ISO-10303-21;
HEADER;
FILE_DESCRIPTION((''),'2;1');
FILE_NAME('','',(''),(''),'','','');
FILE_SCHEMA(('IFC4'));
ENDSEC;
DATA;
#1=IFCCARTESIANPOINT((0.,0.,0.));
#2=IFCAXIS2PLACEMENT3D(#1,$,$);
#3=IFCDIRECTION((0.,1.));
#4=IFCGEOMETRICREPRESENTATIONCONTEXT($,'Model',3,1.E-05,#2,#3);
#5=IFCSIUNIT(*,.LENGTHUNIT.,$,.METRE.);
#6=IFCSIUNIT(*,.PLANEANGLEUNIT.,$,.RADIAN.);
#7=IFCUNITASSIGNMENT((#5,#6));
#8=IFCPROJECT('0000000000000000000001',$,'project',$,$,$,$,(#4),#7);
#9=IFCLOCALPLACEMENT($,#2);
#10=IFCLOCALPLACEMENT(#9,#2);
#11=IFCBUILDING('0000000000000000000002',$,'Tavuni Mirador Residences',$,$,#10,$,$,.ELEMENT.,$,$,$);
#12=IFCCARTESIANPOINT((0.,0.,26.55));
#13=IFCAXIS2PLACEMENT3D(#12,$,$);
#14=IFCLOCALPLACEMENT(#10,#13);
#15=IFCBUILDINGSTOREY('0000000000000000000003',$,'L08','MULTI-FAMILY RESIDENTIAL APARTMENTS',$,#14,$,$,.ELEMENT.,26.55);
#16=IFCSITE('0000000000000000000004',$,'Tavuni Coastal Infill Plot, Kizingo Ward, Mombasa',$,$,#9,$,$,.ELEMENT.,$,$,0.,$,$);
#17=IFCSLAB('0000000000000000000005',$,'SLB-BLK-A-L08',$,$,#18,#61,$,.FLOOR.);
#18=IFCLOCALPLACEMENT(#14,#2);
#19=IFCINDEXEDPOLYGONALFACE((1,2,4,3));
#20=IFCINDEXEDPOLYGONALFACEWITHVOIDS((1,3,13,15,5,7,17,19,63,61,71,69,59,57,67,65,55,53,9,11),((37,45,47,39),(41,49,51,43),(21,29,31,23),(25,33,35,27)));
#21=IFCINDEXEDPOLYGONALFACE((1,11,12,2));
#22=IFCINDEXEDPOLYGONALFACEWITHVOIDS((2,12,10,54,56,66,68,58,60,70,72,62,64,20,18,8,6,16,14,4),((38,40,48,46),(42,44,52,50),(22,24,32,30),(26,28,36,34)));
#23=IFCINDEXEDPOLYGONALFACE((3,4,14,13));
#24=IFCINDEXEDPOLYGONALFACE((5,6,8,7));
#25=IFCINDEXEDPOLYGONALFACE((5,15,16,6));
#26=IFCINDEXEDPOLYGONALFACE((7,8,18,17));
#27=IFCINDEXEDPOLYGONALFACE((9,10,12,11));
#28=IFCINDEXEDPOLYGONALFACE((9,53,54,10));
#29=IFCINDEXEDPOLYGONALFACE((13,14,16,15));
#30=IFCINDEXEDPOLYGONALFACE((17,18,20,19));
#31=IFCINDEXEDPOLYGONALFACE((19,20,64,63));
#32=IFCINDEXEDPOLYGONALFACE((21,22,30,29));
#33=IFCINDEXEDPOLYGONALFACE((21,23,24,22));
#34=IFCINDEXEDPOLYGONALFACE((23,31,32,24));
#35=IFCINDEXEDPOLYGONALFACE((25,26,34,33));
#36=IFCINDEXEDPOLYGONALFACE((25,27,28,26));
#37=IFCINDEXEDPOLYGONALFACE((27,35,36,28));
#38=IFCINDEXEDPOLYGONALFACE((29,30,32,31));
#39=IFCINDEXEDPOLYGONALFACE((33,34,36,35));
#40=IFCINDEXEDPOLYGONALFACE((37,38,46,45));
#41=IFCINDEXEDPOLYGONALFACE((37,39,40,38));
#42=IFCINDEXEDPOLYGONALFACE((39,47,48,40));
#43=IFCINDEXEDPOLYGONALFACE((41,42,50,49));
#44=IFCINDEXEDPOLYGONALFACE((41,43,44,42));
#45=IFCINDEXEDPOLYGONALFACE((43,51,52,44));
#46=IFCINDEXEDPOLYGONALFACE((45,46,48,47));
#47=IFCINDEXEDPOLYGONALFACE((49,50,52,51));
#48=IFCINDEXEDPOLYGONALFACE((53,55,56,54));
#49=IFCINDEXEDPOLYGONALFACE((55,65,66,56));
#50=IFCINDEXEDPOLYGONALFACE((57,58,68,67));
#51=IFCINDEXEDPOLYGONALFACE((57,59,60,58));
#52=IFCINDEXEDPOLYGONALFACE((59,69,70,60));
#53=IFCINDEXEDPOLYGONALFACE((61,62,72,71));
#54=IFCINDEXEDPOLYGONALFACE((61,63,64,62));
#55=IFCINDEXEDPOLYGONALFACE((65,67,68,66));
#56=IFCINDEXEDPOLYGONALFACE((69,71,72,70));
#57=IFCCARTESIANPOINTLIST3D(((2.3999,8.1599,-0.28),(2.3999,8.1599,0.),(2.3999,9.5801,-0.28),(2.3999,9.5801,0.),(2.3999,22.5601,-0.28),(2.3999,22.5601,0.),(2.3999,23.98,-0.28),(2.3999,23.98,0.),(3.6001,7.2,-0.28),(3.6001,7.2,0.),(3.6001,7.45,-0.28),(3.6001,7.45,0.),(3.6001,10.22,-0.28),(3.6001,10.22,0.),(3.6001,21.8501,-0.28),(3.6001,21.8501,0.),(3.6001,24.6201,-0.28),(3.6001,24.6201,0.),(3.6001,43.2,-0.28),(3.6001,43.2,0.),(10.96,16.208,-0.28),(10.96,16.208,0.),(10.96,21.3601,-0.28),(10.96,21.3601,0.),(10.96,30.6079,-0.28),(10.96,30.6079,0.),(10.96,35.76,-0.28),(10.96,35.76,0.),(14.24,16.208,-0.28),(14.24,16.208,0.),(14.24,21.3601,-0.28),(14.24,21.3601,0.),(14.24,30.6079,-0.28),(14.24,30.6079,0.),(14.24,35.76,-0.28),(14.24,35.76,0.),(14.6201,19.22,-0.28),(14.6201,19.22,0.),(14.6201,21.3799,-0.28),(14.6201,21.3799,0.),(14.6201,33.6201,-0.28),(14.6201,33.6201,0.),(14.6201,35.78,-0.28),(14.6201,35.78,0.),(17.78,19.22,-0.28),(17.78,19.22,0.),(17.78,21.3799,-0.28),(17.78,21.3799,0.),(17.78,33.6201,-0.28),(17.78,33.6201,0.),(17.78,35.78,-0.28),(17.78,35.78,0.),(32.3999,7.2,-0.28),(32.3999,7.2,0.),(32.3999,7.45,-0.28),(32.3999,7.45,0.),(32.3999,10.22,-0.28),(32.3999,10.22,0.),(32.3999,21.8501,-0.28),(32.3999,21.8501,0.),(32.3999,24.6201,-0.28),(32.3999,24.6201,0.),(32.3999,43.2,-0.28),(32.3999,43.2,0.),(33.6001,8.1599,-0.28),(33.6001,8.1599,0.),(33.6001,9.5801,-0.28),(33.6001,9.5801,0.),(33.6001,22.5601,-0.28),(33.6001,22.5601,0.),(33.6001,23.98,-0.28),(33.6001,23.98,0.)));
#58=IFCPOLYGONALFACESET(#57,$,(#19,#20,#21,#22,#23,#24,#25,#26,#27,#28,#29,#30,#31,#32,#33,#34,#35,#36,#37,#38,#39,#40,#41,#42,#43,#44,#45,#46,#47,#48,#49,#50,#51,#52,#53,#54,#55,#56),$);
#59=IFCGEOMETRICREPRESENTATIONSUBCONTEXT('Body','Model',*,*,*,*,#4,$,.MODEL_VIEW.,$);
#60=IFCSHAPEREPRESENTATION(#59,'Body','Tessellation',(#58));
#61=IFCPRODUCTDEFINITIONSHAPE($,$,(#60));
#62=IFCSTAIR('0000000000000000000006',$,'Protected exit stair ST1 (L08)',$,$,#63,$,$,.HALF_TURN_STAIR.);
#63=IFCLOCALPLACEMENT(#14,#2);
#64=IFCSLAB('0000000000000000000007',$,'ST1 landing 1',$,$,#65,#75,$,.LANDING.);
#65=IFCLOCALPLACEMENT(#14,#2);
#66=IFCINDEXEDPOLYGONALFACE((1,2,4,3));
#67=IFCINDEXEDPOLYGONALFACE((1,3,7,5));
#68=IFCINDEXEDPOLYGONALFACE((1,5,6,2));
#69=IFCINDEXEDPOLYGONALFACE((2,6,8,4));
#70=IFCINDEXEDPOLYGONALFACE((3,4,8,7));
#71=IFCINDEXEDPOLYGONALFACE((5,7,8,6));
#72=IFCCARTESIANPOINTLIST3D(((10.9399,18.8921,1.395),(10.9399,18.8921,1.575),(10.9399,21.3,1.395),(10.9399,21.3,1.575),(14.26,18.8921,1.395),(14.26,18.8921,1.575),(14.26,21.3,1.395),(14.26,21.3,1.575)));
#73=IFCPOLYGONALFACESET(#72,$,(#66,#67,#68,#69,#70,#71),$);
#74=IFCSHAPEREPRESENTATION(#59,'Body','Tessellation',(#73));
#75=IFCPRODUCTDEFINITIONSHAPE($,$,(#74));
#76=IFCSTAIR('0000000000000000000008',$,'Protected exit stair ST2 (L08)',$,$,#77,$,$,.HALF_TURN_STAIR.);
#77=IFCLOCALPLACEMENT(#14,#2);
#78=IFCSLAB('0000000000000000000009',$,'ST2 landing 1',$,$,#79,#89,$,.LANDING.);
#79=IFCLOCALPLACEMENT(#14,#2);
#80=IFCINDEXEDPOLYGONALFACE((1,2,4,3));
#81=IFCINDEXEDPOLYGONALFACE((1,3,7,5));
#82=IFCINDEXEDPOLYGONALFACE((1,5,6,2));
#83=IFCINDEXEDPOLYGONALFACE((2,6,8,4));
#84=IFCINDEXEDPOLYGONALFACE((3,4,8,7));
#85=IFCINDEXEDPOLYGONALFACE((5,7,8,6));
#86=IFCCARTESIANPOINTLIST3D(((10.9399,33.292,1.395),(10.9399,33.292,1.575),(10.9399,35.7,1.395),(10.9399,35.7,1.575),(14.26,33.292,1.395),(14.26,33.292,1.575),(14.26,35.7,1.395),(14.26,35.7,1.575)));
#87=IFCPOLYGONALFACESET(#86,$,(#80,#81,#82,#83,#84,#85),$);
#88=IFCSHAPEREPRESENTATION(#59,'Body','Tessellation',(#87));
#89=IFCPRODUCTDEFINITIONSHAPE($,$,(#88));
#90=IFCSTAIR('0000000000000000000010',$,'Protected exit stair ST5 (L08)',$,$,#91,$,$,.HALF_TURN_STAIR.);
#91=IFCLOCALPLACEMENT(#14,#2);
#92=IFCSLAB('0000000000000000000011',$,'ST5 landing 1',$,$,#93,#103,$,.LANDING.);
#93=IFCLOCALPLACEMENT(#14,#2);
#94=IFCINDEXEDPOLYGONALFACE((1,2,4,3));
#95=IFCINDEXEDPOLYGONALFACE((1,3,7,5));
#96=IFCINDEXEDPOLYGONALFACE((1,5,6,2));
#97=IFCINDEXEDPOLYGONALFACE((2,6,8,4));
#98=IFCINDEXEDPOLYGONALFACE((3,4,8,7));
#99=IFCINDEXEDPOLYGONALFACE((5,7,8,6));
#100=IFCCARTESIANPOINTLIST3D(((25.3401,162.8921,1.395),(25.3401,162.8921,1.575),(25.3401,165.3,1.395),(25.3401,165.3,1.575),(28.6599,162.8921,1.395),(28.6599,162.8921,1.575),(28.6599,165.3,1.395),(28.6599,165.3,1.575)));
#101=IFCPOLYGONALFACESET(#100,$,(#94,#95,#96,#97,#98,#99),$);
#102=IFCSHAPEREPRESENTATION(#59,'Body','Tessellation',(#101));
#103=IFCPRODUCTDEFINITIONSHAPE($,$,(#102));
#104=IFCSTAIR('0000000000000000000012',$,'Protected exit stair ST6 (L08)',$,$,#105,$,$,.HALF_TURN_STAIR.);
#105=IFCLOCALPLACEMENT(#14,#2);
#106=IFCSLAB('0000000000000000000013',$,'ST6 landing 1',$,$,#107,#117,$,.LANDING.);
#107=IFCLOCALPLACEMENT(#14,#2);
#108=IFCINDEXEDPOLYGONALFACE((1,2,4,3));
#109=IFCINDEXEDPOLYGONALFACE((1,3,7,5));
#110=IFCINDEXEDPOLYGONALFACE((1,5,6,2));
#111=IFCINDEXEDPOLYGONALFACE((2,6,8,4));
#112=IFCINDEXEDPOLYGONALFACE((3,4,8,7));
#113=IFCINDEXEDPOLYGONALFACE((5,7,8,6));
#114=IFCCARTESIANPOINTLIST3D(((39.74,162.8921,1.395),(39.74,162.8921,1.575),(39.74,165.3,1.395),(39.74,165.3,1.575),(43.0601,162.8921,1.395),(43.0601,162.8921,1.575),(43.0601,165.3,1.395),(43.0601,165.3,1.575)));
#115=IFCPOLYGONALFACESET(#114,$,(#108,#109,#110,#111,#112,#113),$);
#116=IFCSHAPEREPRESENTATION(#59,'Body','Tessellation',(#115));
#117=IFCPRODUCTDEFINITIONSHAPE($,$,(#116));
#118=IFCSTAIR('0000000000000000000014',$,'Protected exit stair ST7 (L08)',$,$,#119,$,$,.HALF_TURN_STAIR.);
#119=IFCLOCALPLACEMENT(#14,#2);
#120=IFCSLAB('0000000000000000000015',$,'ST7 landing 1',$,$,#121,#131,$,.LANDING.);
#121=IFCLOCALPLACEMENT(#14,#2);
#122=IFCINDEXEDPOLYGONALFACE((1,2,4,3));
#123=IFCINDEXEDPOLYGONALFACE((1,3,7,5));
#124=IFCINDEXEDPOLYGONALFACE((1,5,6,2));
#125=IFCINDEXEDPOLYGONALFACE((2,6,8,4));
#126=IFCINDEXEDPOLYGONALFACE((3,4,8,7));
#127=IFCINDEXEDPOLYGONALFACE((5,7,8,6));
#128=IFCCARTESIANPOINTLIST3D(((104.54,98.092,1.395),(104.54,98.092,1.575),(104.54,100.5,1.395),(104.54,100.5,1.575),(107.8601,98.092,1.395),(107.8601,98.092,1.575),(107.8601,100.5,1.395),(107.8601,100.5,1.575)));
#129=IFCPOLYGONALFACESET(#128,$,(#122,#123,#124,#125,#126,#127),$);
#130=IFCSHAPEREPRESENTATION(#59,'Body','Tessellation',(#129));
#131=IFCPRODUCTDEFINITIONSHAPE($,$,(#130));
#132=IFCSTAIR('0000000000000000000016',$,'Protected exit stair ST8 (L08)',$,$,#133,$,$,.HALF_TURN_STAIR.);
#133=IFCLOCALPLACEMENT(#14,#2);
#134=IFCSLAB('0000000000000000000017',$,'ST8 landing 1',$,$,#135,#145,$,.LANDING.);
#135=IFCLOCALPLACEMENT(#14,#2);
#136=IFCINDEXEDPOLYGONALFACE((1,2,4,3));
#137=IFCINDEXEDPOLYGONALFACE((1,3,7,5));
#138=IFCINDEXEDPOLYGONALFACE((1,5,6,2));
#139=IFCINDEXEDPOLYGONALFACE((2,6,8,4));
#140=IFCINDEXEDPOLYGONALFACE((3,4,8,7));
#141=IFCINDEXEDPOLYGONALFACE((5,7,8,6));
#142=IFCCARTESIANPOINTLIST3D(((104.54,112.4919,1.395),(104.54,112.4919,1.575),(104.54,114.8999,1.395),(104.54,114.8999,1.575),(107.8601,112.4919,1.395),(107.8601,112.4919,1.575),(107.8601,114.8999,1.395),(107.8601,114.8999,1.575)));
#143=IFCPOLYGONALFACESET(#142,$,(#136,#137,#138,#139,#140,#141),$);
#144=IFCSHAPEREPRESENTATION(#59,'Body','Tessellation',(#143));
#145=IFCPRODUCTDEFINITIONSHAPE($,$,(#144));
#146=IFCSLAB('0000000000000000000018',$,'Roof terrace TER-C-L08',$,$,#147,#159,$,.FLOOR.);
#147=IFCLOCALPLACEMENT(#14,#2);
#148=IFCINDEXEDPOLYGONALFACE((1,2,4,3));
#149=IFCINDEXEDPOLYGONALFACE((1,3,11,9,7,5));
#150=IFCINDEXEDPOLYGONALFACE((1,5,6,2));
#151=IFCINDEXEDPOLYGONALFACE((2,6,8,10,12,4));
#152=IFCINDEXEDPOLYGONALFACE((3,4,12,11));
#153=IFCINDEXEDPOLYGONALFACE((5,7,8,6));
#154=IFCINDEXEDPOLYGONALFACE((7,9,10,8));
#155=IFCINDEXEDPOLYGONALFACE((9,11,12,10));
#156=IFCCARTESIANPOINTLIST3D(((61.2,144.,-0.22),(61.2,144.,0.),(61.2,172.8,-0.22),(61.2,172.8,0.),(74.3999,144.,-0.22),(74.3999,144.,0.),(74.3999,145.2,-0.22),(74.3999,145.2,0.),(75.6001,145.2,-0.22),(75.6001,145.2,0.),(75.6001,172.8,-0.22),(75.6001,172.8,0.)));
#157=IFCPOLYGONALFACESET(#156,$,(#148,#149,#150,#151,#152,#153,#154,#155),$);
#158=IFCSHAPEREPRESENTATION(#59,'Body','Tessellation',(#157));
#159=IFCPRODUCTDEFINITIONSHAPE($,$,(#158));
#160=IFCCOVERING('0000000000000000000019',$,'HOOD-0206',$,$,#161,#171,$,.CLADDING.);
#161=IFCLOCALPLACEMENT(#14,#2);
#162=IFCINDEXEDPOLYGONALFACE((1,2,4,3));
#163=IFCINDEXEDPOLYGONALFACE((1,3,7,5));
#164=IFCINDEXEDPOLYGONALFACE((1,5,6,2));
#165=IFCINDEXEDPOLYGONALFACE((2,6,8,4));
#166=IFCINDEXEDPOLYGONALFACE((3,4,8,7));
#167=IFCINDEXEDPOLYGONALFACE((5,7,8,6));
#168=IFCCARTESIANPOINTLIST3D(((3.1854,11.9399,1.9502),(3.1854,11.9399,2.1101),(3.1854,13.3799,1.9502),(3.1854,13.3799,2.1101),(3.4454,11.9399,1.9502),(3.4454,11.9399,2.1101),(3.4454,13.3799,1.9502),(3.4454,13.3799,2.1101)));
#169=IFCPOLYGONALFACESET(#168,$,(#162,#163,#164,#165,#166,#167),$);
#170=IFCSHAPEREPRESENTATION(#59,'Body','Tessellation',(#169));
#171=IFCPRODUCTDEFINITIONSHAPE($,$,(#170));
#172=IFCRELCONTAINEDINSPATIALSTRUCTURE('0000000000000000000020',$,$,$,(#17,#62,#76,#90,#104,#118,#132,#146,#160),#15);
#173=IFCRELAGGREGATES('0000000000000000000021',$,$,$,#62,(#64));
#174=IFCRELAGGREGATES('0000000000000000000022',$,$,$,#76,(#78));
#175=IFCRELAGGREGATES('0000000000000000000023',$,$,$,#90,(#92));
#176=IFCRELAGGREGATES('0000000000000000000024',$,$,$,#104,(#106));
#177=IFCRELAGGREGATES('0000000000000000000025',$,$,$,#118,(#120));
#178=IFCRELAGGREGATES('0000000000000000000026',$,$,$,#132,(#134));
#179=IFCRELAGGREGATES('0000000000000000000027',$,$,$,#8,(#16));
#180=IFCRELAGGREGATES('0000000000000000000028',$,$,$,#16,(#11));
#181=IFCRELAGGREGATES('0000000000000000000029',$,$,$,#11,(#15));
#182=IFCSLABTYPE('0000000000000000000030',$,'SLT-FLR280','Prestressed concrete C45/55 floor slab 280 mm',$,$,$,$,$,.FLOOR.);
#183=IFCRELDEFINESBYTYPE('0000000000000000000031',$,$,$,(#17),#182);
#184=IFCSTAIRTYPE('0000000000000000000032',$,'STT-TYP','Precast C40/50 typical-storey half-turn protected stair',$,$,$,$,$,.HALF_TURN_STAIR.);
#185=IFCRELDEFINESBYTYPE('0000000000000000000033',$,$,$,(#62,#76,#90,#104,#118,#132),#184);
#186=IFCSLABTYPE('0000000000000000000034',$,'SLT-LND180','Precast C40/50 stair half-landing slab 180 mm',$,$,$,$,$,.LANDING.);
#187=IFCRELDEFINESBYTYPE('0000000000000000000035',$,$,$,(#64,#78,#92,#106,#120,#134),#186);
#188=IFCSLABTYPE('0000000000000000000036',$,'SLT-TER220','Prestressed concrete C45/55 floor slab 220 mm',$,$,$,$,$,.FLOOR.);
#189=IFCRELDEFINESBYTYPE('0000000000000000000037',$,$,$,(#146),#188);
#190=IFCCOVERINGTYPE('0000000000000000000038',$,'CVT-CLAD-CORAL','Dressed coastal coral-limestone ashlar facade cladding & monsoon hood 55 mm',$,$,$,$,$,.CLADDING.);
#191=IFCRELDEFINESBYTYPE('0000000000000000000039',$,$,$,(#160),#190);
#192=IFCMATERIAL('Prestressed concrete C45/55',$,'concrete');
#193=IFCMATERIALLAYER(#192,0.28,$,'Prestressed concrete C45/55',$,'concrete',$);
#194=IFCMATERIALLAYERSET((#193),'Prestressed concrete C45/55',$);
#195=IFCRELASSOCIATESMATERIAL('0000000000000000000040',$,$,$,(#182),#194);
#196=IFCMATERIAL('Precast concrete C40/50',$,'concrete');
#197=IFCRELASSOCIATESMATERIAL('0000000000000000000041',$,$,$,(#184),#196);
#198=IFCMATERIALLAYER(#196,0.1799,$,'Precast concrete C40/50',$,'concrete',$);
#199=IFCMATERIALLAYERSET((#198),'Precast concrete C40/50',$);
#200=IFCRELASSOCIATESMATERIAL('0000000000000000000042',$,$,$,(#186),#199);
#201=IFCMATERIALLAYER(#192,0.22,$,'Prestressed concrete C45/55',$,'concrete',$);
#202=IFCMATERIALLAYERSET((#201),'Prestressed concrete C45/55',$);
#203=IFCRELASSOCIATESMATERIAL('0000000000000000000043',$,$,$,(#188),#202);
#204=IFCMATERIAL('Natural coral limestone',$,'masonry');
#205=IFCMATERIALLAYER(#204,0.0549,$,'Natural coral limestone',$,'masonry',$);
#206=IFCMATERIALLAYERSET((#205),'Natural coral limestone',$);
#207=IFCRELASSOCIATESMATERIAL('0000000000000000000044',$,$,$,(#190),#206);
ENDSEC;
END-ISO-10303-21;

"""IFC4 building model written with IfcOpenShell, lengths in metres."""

from ifc_helpers import new_model, si_unit, direction, frame, origin, origin_2d, place, context, subcontext, project, spatial, polyline, rectangle, outline, extrude, material, layer, layer_set, type_object, element, aggregate, save


model = new_model("IFC4")

# Units and contexts
model_context = context("Model", 3, precision=1e-05, world=origin(), true_north=direction((0.0, 1.0)))
body_context = subcontext(model_context, "Body", "Model", "MODEL_VIEW")
ifc_project = project(units=[si_unit("LENGTHUNIT", "METRE"), si_unit("PLANEANGLEUNIT", "RADIAN")], contexts=[model_context])

# Site, building, storey
site_placement = place(None, origin())
site = spatial("IfcSite", under=ifc_project, at=site_placement, Name="Tavuni Coastal Infill Plot, Kizingo Ward, Mombasa", CompositionType="ELEMENT", RefElevation=0.0)
building_placement = place(site_placement, origin())
building = spatial("IfcBuilding", under=site, at=building_placement, Name="Tavuni Mirador Residences", CompositionType="ELEMENT")
storey_placement = place(building_placement, frame((0.0, 0.0, 26.55)))
storey = spatial("IfcBuildingStorey", under=building, at=storey_placement, Name="L08", Description="MULTI-FAMILY RESIDENTIAL APARTMENTS", CompositionType="ELEMENT", Elevation=26.55)

# Shared definitions
ifc_material_1 = material(Name="Precast concrete C40/50", Category="concrete")

# Slab
ifc_material_2 = material(Name="Prestressed concrete C45/55", Category="concrete")
ifc_layer_1 = layer(ifc_material_2, 0.28, Name="Prestressed concrete C45/55", Category="concrete")
ifc_layer_set_1 = layer_set([ifc_layer_1], Name="Prestressed concrete C45/55")
slab_type_1 = type_object("IfcSlabType", Name="SLT-FLR280", Description="Prestressed concrete C45/55 floor slab 280 mm", PredefinedType="FLOOR", material=ifc_layer_set_1)
slab_1_placement = place(storey_placement, frame((0.0, 0.0, -0.28)))
element("IfcSlab", 1, at=slab_1_placement, inside=storey, type_object=slab_type_1, Name="SLB-BLK-A-L08", PredefinedType="FLOOR", context=body_context, shape_type="SweptSolid", body=[
    extrude(outline(polyline([(3.6001, 7.2), (32.3999, 7.2), (32.3999, 7.45), (33.6001, 8.1599), (33.6001, 9.5801), (32.3999, 10.22), (32.3999, 21.8501), (33.6001, 22.5601), (33.6001, 23.98), (32.3999, 24.6201), (32.3999, 43.2), (3.6001, 43.2), (3.6001, 24.6201), (2.3999, 23.98), (2.3999, 22.5601), (3.6001, 21.8501), (3.6001, 10.22), (2.3999, 9.5801), (2.3999, 8.1599), (3.6001, 7.45), (3.6001, 7.2)]), holes=[polyline([(10.96, 16.208), (14.24, 16.208), (14.24, 21.3601), (10.96, 21.3601), (10.96, 16.208)]), polyline([(14.6201, 19.22), (17.78, 19.22), (17.78, 21.3799), (14.6201, 21.3799), (14.6201, 19.22)]), polyline([(10.96, 30.6079), (14.24, 30.6079), (14.24, 35.76), (10.96, 35.76), (10.96, 30.6079)]), polyline([(14.6201, 33.6201), (17.78, 33.6201), (17.78, 35.78), (14.6201, 35.78), (14.6201, 33.6201)])]), origin(), (0.0, 0.0, 1.0), 0.28),
])

# Stairs, slabs
stair_type = type_object("IfcStairType", Name="STT-TYP", Description="Precast C40/50 typical-storey half-turn protected stair", PredefinedType="HALF_TURN_STAIR", material=ifc_material_1)
stair_1_placement = place(storey_placement, origin())
stair_1 = element("IfcStair", 2, at=stair_1_placement, inside=storey, type_object=stair_type, Name="Protected exit stair ST1 (L08)", PredefinedType="HALF_TURN_STAIR")
ifc_layer_2 = layer(ifc_material_1, 0.1799, Name="Precast concrete C40/50", Category="concrete")
ifc_layer_set_2 = layer_set([ifc_layer_2], Name="Precast concrete C40/50")
slab_type_2 = type_object("IfcSlabType", Name="SLT-LND180", Description="Precast C40/50 stair half-landing slab 180 mm", PredefinedType="LANDING", material=ifc_layer_set_2)
slab_2_placement = place(storey_placement, frame((0.0, 0.0, 1.395)))
slab_2 = element("IfcSlab", 3, at=slab_2_placement, type_object=slab_type_2, Name="ST1 landing 1", PredefinedType="LANDING", context=body_context, shape_type="SweptSolid", body=[
    extrude(outline(polyline([(10.9399, 18.8921), (14.26, 18.8921), (14.26, 21.3), (10.9399, 21.3), (10.9399, 18.8921)])), origin(), (0.0, 0.0, 1.0), 0.1799),
])
aggregate(stair_1, [slab_2])
stair_2_placement = place(storey_placement, origin())
stair_2 = element("IfcStair", 4, at=stair_2_placement, inside=storey, type_object=stair_type, Name="Protected exit stair ST2 (L08)", PredefinedType="HALF_TURN_STAIR")
slab_3_placement = place(storey_placement, frame((0.0, 0.0, 1.395)))
slab_3 = element("IfcSlab", 5, at=slab_3_placement, type_object=slab_type_2, Name="ST2 landing 1", PredefinedType="LANDING", context=body_context, shape_type="SweptSolid", body=[
    extrude(outline(polyline([(10.9399, 33.292), (14.26, 33.292), (14.26, 35.7), (10.9399, 35.7), (10.9399, 33.292)])), origin(), (0.0, 0.0, 1.0), 0.1799),
])
aggregate(stair_2, [slab_3])
stair_3_placement = place(storey_placement, origin())
stair_3 = element("IfcStair", 6, at=stair_3_placement, inside=storey, type_object=stair_type, Name="Protected exit stair ST5 (L08)", PredefinedType="HALF_TURN_STAIR")
slab_4_placement = place(storey_placement, frame((0.0, 0.0, 1.395)))
slab_4 = element("IfcSlab", 7, at=slab_4_placement, type_object=slab_type_2, Name="ST5 landing 1", PredefinedType="LANDING", context=body_context, shape_type="SweptSolid", body=[
    extrude(outline(polyline([(25.3401, 162.8921), (28.6599, 162.8921), (28.6599, 165.3), (25.3401, 165.3), (25.3401, 162.8921)])), origin(), (0.0, 0.0, 1.0), 0.1799),
])
aggregate(stair_3, [slab_4])
stair_4_placement = place(storey_placement, origin())
stair_4 = element("IfcStair", 8, at=stair_4_placement, inside=storey, type_object=stair_type, Name="Protected exit stair ST6 (L08)", PredefinedType="HALF_TURN_STAIR")
slab_5_placement = place(storey_placement, frame((0.0, 0.0, 1.395)))
slab_5 = element("IfcSlab", 9, at=slab_5_placement, type_object=slab_type_2, Name="ST6 landing 1", PredefinedType="LANDING", context=body_context, shape_type="SweptSolid", body=[
    extrude(outline(polyline([(39.74, 162.8921), (43.0601, 162.8921), (43.0601, 165.3), (39.74, 165.3), (39.74, 162.8921)])), origin(), (0.0, 0.0, 1.0), 0.1799),
])
aggregate(stair_4, [slab_5])
stair_5_placement = place(storey_placement, origin())
stair_5 = element("IfcStair", 10, at=stair_5_placement, inside=storey, type_object=stair_type, Name="Protected exit stair ST7 (L08)", PredefinedType="HALF_TURN_STAIR")
slab_6_placement = place(storey_placement, frame((0.0, 0.0, 1.395)))
slab_6 = element("IfcSlab", 11, at=slab_6_placement, type_object=slab_type_2, Name="ST7 landing 1", PredefinedType="LANDING", context=body_context, shape_type="SweptSolid", body=[
    extrude(outline(polyline([(104.54, 98.092), (107.8601, 98.092), (107.8601, 100.5), (104.54, 100.5), (104.54, 98.092)])), origin(), (0.0, 0.0, 1.0), 0.1799),
])
aggregate(stair_5, [slab_6])
stair_6_placement = place(storey_placement, origin())
stair_6 = element("IfcStair", 12, at=stair_6_placement, inside=storey, type_object=stair_type, Name="Protected exit stair ST8 (L08)", PredefinedType="HALF_TURN_STAIR")
slab_7_placement = place(storey_placement, frame((0.0, 0.0, 1.395)))
slab_7 = element("IfcSlab", 13, at=slab_7_placement, type_object=slab_type_2, Name="ST8 landing 1", PredefinedType="LANDING", context=body_context, shape_type="SweptSolid", body=[
    extrude(outline(polyline([(104.54, 112.4919), (107.8601, 112.4919), (107.8601, 114.8999), (104.54, 114.8999), (104.54, 112.4919)])), origin(), (0.0, 0.0, 1.0), 0.1799),
])
aggregate(stair_6, [slab_7])

# Slab
ifc_layer_3 = layer(ifc_material_2, 0.22, Name="Prestressed concrete C45/55", Category="concrete")
ifc_layer_set_3 = layer_set([ifc_layer_3], Name="Prestressed concrete C45/55")
slab_type_3 = type_object("IfcSlabType", Name="SLT-TER220", Description="Prestressed concrete C45/55 floor slab 220 mm", PredefinedType="FLOOR", material=ifc_layer_set_3)
slab_8_placement = place(storey_placement, frame((0.0, 0.0, -0.22)))
element("IfcSlab", 14, at=slab_8_placement, inside=storey, type_object=slab_type_3, Name="Roof terrace TER-C-L08", PredefinedType="FLOOR", context=body_context, shape_type="SweptSolid", body=[
    extrude(outline(polyline([(61.2, 144.0), (74.3999, 144.0), (74.3999, 145.2), (75.6001, 145.2), (75.6001, 172.8), (61.2, 172.8), (61.2, 144.0)])), origin(), (0.0, 0.0, 1.0), 0.22),
])

# Covering
ifc_material_3 = material(Name="Natural coral limestone", Category="masonry")
ifc_layer_4 = layer(ifc_material_3, 0.0549, Name="Natural coral limestone", Category="masonry")
ifc_layer_set_4 = layer_set([ifc_layer_4], Name="Natural coral limestone")
covering_type = type_object("IfcCoveringType", Name="CVT-CLAD-CORAL", Description="Dressed coastal coral-limestone ashlar facade cladding & monsoon hood 55 mm", PredefinedType="CLADDING", material=ifc_layer_set_4)
covering_placement = place(storey_placement, frame((3.3154, 12.6599, 1.9502), z_axis=(0.0, 0.0, 1.0), x_axis=(0.0, -1.0, 0.0)))
element("IfcCovering", 15, at=covering_placement, inside=storey, type_object=covering_type, Name="HOOD-0206", PredefinedType="CLADDING", context=body_context, shape_type="SweptSolid", body=[
    extrude(rectangle(XDim=1.4399, YDim=0.26, at=origin_2d()), origin(), (0.0, 0.0, 1.0), 0.1599),
])

save(model, "model.ifc")
